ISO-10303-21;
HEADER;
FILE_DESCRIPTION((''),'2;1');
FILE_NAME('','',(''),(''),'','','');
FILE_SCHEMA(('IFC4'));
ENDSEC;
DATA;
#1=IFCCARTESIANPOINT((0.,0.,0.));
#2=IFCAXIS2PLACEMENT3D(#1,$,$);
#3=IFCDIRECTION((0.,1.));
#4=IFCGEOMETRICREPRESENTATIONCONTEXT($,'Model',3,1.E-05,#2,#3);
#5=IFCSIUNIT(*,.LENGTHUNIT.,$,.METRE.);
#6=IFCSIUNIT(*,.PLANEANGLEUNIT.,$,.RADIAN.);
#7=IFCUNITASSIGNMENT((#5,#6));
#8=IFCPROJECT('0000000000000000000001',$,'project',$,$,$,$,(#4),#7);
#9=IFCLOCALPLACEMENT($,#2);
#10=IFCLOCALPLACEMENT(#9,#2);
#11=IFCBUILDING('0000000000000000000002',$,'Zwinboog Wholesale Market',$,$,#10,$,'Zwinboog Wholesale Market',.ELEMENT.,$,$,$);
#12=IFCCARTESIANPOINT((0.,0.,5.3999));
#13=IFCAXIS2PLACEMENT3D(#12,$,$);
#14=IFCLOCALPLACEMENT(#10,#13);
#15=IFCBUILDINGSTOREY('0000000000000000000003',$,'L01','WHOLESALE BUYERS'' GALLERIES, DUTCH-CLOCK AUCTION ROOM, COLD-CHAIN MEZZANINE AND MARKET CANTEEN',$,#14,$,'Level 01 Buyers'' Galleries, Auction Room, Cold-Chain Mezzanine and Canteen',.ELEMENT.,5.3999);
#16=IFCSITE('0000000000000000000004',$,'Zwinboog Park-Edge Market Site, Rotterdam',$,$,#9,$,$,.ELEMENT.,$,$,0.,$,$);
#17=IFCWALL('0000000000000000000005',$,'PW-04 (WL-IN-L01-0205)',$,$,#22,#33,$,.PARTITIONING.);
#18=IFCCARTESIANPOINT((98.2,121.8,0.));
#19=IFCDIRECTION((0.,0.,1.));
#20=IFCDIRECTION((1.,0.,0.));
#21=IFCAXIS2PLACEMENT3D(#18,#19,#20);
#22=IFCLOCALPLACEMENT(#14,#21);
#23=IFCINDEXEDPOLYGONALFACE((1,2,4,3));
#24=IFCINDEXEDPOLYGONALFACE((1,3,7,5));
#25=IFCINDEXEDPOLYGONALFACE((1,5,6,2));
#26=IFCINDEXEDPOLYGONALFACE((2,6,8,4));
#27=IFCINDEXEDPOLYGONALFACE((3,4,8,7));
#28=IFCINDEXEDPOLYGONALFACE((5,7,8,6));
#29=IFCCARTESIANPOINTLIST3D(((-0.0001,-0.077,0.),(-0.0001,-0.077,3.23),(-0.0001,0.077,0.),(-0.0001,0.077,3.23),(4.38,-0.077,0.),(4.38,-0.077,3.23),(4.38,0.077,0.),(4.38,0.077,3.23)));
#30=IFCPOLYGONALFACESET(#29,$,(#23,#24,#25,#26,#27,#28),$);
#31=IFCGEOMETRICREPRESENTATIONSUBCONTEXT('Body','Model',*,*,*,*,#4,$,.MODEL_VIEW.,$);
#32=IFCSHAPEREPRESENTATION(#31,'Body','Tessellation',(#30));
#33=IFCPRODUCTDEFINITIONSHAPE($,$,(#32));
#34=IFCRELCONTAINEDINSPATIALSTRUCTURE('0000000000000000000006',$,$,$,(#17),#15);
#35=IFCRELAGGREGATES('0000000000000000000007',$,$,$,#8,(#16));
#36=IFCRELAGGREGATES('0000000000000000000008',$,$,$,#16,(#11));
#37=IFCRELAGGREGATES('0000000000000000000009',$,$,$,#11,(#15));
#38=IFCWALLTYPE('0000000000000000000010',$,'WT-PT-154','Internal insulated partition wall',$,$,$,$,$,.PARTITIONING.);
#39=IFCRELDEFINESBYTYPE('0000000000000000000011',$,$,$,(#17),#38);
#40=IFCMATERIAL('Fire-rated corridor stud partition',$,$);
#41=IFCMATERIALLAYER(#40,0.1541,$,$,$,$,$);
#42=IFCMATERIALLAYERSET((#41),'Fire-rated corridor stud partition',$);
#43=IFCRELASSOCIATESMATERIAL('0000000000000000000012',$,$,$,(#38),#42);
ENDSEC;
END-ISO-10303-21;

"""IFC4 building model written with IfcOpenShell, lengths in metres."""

from ifc_helpers import new_model, si_unit, direction, frame, frame_2d, origin, place, context, subcontext, project, spatial, rectangle, extrude, material, layer, layer_set, type_object, element, save


model = new_model("IFC4")

# Units and contexts
model_context = context("Model", 3, precision=1e-05, world=origin(), true_north=direction((0.0, 1.0)))
body_context = subcontext(model_context, "Body", "Model", "MODEL_VIEW")
ifc_project = project(units=[si_unit("LENGTHUNIT", "METRE"), si_unit("PLANEANGLEUNIT", "RADIAN")], contexts=[model_context])

# Site, building, storey
site_placement = place(None, origin())
site = spatial("IfcSite", under=ifc_project, at=site_placement, Name="Zwinboog Park-Edge Market Site, Rotterdam", CompositionType="ELEMENT", RefElevation=0.0)
building_placement = place(site_placement, origin())
building = spatial("IfcBuilding", under=site, at=building_placement, Name="Zwinboog Wholesale Market", LongName="Zwinboog Wholesale Market", CompositionType="ELEMENT")
storey_placement = place(building_placement, frame((0.0, 0.0, 5.3999)))
storey = spatial("IfcBuildingStorey", under=building, at=storey_placement, Name="L01", Description="WHOLESALE BUYERS' GALLERIES, DUTCH-CLOCK AUCTION ROOM, COLD-CHAIN MEZZANINE AND MARKET CANTEEN", LongName="Level 01 Buyers' Galleries, Auction Room, Cold-Chain Mezzanine and Canteen", CompositionType="ELEMENT", Elevation=5.3999)

# Wall
ifc_material_1 = material(Name="Fire-rated corridor stud partition")
ifc_layer_1 = layer(ifc_material_1, 0.1541)
ifc_layer_set_1 = layer_set([ifc_layer_1], Name="Fire-rated corridor stud partition")
wall_type_1 = type_object("IfcWallType", Name="WT-PT-154", Description="Internal insulated partition wall", PredefinedType="PARTITIONING", material=ifc_layer_set_1)
wall_1_placement = place(storey_placement, frame((98.2, 121.8, 0.0), z_axis=(0.0, 0.0, 1.0), x_axis=(1.0, 0.0, 0.0)))
element("IfcWall", 1, at=wall_1_placement, inside=storey, type_object=wall_type_1, Name="PW-04 (WL-IN-L01-0205)", PredefinedType="PARTITIONING", context=body_context, shape_type="SweptSolid", body=[
    extrude(rectangle(XDim=4.3801, YDim=0.1541, at=frame_2d((2.1899, 0.0))), origin(), (0.0, 0.0, 1.0), 3.23),
])

save(model, "model.ifc")
